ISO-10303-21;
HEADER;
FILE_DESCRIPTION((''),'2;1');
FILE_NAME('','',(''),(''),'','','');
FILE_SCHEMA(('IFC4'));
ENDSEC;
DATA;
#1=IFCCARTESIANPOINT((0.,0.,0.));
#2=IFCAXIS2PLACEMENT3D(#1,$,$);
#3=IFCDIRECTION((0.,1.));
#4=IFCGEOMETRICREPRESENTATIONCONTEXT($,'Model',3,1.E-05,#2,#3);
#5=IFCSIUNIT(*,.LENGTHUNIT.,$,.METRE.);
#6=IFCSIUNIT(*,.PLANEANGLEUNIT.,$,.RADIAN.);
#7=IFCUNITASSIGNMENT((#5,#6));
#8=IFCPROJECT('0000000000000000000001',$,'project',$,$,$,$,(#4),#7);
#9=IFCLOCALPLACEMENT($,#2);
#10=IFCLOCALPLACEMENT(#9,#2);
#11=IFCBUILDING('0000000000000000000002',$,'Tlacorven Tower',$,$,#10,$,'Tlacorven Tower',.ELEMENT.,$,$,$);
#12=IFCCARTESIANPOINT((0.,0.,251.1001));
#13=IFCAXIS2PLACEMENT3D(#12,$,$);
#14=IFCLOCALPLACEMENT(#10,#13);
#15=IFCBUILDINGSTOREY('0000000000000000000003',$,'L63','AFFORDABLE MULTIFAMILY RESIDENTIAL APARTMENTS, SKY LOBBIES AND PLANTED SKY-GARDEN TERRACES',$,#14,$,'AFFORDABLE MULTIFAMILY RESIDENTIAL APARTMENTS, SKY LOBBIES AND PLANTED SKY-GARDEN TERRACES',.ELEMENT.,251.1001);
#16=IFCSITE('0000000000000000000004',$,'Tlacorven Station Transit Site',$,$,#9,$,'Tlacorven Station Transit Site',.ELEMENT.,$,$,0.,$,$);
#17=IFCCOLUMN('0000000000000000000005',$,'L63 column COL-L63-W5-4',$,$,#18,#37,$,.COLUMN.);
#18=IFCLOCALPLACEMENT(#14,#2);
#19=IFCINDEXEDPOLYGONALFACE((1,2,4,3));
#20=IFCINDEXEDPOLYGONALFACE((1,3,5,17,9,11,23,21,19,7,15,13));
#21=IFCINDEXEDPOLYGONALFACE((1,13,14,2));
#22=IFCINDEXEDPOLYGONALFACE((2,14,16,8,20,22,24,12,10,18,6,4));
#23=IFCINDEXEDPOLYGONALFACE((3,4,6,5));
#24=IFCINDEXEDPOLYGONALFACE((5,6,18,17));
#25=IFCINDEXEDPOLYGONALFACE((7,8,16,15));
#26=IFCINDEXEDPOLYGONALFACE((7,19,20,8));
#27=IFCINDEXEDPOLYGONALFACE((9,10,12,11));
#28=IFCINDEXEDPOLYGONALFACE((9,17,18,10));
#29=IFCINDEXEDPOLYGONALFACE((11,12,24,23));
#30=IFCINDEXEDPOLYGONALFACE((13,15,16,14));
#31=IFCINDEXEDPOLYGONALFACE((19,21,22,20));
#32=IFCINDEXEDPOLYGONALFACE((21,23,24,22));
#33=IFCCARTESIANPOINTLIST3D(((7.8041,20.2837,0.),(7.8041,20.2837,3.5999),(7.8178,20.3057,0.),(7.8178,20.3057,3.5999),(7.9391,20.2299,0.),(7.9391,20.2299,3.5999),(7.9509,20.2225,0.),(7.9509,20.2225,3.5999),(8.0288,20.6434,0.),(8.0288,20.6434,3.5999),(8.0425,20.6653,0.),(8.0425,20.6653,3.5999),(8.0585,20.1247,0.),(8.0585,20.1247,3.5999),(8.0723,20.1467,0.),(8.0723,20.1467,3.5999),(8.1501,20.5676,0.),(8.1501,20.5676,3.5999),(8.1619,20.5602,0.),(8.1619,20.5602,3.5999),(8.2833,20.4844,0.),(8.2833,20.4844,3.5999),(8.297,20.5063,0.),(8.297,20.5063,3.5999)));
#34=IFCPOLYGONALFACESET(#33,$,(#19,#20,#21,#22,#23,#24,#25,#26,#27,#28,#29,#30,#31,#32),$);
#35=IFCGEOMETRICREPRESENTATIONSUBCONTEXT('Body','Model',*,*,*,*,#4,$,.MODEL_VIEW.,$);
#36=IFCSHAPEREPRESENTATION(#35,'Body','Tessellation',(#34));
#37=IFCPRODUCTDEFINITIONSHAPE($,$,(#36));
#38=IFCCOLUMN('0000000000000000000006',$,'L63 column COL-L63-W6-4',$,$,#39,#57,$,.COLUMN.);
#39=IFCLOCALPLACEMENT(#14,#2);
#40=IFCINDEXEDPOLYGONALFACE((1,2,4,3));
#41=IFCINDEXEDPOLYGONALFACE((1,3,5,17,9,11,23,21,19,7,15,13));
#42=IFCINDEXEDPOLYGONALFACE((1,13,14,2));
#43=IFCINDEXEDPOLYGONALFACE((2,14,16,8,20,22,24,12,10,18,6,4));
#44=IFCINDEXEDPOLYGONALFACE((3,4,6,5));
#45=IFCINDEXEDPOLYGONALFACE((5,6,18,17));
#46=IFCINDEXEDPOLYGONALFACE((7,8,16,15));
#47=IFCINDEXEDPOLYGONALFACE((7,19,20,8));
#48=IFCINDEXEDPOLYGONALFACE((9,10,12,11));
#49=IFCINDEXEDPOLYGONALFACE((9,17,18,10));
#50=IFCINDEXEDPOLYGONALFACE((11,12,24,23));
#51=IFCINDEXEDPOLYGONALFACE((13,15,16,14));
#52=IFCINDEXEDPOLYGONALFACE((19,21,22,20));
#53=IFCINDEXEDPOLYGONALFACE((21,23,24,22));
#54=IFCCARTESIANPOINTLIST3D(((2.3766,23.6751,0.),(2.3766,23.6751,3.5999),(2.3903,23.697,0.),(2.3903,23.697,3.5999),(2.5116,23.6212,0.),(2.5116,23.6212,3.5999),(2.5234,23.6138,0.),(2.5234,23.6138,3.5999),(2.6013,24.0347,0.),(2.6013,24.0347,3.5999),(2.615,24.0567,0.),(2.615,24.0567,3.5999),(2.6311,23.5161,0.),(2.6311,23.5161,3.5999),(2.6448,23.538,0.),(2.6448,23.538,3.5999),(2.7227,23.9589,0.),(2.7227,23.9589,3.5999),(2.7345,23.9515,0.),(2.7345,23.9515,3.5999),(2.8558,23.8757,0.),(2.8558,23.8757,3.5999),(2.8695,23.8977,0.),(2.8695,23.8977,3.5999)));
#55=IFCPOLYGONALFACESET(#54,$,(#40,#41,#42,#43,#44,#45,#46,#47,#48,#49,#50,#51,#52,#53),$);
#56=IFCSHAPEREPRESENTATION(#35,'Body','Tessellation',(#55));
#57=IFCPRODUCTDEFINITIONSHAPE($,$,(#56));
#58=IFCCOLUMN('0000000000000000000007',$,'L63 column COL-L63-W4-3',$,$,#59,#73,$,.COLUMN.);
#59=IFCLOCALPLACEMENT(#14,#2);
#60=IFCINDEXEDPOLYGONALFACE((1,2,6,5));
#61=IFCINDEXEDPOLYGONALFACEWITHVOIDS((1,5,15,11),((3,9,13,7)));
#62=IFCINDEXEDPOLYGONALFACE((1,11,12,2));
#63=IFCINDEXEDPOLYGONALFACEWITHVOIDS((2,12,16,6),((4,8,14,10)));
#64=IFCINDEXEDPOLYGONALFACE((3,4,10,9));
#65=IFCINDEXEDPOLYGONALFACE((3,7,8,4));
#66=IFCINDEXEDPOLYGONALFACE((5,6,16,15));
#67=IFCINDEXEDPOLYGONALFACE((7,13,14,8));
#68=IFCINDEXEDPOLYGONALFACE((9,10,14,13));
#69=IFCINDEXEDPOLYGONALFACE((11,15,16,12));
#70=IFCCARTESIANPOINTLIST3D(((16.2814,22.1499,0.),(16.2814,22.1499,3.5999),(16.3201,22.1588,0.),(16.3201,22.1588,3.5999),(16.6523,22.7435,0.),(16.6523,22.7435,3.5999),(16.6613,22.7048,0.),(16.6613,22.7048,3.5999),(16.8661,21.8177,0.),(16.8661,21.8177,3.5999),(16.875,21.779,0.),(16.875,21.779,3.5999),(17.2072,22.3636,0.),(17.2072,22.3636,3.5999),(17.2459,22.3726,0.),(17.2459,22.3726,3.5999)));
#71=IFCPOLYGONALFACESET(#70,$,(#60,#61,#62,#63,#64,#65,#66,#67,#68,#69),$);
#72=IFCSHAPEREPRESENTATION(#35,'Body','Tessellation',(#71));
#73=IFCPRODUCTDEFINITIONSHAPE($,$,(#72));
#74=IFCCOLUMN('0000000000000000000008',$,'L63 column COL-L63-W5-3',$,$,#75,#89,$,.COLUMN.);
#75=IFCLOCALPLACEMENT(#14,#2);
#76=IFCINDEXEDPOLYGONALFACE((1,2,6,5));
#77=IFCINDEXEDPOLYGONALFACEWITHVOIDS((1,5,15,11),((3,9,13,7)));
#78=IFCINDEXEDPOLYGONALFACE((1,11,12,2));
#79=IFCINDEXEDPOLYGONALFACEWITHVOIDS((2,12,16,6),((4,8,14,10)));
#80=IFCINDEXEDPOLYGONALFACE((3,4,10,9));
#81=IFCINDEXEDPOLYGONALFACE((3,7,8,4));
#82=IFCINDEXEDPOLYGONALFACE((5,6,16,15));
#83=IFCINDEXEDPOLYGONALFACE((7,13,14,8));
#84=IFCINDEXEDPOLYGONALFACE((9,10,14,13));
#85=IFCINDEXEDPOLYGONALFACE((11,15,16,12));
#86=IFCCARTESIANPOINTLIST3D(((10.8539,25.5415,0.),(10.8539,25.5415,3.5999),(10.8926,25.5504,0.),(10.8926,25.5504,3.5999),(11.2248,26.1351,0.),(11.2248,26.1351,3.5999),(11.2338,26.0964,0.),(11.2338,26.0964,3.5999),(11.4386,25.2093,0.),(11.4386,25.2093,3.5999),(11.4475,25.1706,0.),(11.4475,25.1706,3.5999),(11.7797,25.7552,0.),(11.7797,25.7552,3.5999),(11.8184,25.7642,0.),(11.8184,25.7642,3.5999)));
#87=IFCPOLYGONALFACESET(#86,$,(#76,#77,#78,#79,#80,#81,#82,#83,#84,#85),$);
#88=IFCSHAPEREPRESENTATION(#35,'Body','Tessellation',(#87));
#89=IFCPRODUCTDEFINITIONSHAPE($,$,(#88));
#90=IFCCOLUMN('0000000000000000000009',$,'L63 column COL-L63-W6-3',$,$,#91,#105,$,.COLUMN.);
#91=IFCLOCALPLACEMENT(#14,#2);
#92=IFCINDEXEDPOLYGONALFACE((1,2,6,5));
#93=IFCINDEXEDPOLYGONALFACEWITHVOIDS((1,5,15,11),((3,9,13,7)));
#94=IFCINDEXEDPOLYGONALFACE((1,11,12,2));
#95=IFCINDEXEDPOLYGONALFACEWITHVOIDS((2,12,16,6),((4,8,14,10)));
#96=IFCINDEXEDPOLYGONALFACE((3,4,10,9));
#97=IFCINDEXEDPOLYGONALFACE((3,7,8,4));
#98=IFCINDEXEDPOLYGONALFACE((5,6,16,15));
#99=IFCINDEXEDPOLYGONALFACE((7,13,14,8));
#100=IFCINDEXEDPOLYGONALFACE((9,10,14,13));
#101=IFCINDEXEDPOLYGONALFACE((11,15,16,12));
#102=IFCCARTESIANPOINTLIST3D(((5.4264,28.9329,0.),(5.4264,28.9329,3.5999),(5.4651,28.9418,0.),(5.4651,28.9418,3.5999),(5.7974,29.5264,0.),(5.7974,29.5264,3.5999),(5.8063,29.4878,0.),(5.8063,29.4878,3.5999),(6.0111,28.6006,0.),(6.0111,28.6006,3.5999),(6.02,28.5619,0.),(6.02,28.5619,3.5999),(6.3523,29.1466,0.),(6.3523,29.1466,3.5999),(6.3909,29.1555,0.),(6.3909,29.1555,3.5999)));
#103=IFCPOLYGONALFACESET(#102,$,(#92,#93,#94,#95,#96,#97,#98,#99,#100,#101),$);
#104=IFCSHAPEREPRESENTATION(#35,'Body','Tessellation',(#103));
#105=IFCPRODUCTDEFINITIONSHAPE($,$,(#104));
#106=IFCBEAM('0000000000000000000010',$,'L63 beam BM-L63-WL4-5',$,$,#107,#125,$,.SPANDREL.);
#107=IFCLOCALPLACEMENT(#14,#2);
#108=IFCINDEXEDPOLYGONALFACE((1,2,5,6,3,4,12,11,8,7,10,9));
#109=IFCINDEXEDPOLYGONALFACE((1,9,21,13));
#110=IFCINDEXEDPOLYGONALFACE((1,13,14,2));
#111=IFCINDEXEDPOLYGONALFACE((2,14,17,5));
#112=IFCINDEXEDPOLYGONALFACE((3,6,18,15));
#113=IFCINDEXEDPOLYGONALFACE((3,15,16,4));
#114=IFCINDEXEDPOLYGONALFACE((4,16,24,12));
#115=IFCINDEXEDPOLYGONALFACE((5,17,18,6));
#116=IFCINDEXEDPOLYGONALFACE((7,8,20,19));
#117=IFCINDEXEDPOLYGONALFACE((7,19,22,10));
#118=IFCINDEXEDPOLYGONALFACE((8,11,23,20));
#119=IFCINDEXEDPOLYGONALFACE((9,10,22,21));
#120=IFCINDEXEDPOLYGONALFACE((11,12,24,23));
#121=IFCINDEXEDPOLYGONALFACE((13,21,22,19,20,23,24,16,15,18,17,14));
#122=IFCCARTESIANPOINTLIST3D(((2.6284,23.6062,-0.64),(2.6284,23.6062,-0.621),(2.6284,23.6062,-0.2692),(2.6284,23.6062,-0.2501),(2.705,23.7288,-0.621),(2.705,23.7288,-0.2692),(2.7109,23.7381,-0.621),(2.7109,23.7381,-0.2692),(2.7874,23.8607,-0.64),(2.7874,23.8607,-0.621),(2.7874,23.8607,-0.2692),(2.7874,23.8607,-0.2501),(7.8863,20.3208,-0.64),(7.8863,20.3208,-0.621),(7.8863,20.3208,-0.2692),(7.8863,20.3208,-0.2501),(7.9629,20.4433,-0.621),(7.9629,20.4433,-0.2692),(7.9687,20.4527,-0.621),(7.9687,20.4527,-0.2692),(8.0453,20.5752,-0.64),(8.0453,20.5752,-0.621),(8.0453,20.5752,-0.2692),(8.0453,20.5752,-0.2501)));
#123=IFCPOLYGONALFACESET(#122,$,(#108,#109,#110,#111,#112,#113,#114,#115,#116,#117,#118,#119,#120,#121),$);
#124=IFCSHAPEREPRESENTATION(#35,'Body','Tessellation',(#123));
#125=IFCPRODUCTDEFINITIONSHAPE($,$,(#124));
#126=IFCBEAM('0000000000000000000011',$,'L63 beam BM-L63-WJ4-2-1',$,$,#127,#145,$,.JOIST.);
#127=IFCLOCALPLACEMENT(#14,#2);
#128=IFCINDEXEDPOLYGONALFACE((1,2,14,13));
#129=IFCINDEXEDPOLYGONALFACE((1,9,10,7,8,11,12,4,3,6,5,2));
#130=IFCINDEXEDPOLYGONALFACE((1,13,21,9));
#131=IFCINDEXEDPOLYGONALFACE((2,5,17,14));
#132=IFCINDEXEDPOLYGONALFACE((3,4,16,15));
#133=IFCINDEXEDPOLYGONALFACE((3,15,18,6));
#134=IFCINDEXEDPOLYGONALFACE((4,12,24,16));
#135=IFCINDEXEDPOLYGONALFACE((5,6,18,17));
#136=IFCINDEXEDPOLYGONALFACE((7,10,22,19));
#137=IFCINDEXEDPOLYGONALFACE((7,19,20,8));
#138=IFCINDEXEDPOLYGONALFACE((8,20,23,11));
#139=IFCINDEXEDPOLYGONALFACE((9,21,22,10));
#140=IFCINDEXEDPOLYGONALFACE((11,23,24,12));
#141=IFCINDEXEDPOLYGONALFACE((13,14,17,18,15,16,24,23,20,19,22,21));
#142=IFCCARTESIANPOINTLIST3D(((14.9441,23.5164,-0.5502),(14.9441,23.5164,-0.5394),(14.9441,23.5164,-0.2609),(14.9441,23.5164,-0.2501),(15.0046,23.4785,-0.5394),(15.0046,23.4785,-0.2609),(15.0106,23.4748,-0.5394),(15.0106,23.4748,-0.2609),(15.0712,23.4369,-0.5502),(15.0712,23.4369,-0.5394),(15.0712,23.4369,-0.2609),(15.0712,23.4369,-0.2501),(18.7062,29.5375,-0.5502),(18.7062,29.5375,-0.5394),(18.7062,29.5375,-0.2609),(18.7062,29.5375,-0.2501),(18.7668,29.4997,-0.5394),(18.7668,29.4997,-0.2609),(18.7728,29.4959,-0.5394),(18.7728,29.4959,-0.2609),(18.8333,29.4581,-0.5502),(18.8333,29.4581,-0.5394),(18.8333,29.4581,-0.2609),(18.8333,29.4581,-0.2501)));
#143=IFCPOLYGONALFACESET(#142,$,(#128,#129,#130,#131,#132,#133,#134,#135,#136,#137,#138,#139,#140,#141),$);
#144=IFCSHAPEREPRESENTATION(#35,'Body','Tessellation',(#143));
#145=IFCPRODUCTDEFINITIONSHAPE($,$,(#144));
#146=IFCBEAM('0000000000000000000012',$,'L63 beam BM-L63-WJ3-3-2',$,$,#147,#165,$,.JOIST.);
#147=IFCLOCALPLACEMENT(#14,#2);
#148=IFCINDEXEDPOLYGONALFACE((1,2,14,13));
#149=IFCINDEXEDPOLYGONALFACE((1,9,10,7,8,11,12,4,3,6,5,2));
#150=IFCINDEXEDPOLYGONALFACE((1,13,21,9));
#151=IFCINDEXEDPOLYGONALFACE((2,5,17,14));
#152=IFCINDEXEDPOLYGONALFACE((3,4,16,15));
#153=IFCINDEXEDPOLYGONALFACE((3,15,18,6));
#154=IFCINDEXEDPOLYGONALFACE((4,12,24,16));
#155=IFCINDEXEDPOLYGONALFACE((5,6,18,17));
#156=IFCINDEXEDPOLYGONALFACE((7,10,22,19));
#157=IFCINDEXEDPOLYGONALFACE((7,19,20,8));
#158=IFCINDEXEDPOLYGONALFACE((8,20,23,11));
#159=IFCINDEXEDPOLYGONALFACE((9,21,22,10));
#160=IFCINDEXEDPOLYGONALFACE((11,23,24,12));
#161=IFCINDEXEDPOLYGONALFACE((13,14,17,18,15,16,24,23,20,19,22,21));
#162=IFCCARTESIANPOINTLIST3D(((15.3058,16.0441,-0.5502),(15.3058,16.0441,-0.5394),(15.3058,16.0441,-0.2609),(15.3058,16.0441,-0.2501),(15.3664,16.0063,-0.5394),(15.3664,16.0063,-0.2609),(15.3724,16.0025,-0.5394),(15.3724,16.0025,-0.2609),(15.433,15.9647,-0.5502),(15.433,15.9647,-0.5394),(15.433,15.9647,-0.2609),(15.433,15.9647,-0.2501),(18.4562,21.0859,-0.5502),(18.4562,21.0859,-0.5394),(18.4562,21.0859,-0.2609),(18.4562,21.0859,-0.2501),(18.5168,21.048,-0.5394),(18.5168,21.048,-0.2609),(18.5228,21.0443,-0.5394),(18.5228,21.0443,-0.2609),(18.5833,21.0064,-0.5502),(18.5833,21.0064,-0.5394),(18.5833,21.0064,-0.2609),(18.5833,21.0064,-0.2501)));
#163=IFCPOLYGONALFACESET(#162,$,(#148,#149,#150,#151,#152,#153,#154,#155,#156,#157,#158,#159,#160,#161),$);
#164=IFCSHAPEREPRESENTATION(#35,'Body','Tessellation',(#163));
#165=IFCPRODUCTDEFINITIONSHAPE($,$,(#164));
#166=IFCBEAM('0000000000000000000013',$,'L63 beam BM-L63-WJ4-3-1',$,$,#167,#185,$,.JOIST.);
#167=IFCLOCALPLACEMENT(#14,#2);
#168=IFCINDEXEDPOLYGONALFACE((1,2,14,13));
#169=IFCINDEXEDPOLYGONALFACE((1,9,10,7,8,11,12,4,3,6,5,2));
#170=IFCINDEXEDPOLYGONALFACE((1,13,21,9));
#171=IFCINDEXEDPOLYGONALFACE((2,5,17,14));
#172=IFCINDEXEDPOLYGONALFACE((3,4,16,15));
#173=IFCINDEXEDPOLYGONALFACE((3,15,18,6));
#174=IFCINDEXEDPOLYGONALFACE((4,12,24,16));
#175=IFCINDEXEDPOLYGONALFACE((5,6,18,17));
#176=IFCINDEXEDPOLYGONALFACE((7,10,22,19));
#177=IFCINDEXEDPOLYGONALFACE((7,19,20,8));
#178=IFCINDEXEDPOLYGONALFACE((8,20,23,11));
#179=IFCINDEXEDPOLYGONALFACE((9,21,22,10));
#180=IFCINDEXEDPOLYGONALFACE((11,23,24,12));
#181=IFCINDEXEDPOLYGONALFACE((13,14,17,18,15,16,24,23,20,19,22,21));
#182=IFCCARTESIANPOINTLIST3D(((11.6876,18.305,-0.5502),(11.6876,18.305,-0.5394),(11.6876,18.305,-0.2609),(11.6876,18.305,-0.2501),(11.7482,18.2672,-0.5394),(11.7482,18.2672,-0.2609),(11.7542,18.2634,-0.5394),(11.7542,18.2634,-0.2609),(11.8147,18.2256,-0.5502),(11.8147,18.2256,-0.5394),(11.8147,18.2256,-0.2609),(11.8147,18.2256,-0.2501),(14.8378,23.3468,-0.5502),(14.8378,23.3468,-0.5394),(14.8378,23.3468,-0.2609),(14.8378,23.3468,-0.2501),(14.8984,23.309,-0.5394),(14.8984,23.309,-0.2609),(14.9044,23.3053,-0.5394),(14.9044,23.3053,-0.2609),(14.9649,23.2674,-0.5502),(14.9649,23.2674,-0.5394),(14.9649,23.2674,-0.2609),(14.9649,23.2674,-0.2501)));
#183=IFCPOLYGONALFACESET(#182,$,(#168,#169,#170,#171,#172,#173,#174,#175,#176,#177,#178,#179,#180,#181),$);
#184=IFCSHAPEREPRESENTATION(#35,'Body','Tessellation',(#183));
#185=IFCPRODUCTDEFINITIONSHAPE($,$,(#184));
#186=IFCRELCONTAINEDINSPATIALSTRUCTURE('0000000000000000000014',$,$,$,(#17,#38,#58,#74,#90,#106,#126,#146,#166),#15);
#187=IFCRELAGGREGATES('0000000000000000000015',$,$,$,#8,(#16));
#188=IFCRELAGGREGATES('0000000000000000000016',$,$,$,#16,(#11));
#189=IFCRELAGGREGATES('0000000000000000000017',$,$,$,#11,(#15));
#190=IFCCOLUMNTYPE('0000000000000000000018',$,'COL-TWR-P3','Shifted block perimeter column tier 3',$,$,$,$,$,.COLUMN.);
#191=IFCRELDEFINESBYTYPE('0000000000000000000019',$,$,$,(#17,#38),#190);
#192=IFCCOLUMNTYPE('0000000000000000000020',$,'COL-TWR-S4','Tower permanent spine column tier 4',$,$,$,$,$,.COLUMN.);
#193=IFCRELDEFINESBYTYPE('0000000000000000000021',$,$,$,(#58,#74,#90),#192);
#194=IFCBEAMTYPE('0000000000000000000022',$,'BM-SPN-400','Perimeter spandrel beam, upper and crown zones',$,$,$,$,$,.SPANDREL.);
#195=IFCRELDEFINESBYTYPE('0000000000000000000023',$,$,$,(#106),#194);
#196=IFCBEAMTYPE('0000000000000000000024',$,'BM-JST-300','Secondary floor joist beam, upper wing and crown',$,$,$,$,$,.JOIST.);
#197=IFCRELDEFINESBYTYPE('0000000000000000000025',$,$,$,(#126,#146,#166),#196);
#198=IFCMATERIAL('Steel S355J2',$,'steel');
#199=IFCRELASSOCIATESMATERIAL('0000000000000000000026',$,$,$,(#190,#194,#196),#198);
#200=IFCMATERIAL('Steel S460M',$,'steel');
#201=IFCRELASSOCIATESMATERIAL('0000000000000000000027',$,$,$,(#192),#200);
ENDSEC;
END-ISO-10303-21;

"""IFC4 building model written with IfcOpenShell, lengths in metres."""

from ifc_helpers import new_model, si_unit, direction, frame, origin, origin_2d, place, context, subcontext, project, spatial, hollow_rectangle, i_section, extrude, source, transform, mapped, material, material_profile, profile_set, type_object, element, save


model = new_model("IFC4")

# Units and contexts
model_context = context("Model", 3, precision=1e-05, world=origin(), true_north=direction((0.0, 1.0)))
body_context = subcontext(model_context, "Body", "Model", "MODEL_VIEW")
ifc_project = project(units=[si_unit("LENGTHUNIT", "METRE"), si_unit("PLANEANGLEUNIT", "RADIAN")], contexts=[model_context])

# Site, building, storey
site_placement = place(None, origin())
site = spatial("IfcSite", under=ifc_project, at=site_placement, Name="Tlacorven Station Transit Site", LongName="Tlacorven Station Transit Site", CompositionType="ELEMENT", RefElevation=0.0)
building_placement = place(site_placement, origin())
building = spatial("IfcBuilding", under=site, at=building_placement, Name="Tlacorven Tower", LongName="Tlacorven Tower", CompositionType="ELEMENT")
storey_placement = place(building_placement, frame((0.0, 0.0, 251.1001)))
storey = spatial("IfcBuildingStorey", under=building, at=storey_placement, Name="L63", Description="AFFORDABLE MULTIFAMILY RESIDENTIAL APARTMENTS, SKY LOBBIES AND PLANTED SKY-GARDEN TERRACES", LongName="AFFORDABLE MULTIFAMILY RESIDENTIAL APARTMENTS, SKY LOBBIES AND PLANTED SKY-GARDEN TERRACES", CompositionType="ELEMENT", Elevation=251.1001)

# Columns
ifc_material_1 = material(Name="Steel S355J2", Category="steel")
ifc_material_profile_1 = material_profile(ifc_material_1, i_section(OverallWidth=0.3, OverallDepth=0.45, WebThickness=0.0139, FlangeThickness=0.0259, at=origin_2d()), Name="HEB 450")
ifc_profile_set_1 = profile_set([ifc_material_profile_1], Name="Steel S355J2")
column_type_1 = type_object("IfcColumnType", Name="COL-TWR-P3", Description="Shifted block perimeter column tier 3", PredefinedType="COLUMN", material=ifc_profile_set_1)
shared_shape_1 = source(origin(), body_context, "Body", "SweptSolid", [
    extrude(i_section(OverallWidth=0.3, OverallDepth=0.45, WebThickness=0.0139, FlangeThickness=0.0259, at=origin_2d()), origin(), (0.0, 0.0, 1.0), 3.5999),
])
for number, where, z_axis, x_axis, name in (
    (1, (8.0505, 20.395, 0.0), (0.0, 0.0, 1.0), (-0.848048, 0.529919, 0.0), "L63 column COL-L63-W5-4"),
    (2, (2.623, 23.7864, 0.0), (0.0, 0.0, 1.0), (-0.848048, 0.529919, 0.0), "L63 column COL-L63-W6-4"),
):
    element("IfcColumn", number, at=place(storey_placement, frame(where, z_axis=z_axis, x_axis=x_axis)), inside=storey, type_object=column_type_1, Name=name, PredefinedType="COLUMN", context=body_context, shape_type="MappedRepresentation", body=[
        mapped(shared_shape_1, transform((0.0, 0.0, 0.0), scale=1.0)),
    ])
ifc_material_2 = material(Name="Steel S460M", Category="steel")
ifc_material_profile_2 = material_profile(ifc_material_2, hollow_rectangle(XDim=0.7, YDim=0.7, WallThickness=0.0281, at=origin_2d()), Name="BOX 700X700X28")
ifc_profile_set_2 = profile_set([ifc_material_profile_2], Name="Steel S460M")
column_type_2 = type_object("IfcColumnType", Name="COL-TWR-S4", Description="Tower permanent spine column tier 4", PredefinedType="COLUMN", material=ifc_profile_set_2)
shared_shape_2 = source(origin(), body_context, "Body", "SweptSolid", [
    extrude(hollow_rectangle(XDim=0.7, YDim=0.7, WallThickness=0.0281, at=origin_2d()), origin(), (0.0, 0.0, 1.0), 3.5999),
])
for number, where, z_axis, x_axis, name in (
    (3, (16.7637, 22.2612, 0.0), (0.0, 0.0, 1.0), (-0.848048, 0.529919, 0.0), "L63 column COL-L63-W4-3"),
    (4, (11.3362, 25.6528, 0.0), (0.0, 0.0, 1.0), (-0.848048, 0.529919, 0.0), "L63 column COL-L63-W5-3"),
    (5, (5.9087, 29.0442, 0.0), (0.0, 0.0, 1.0), (-0.848048, 0.529919, 0.0), "L63 column COL-L63-W6-3"),
):
    element("IfcColumn", number, at=place(storey_placement, frame(where, z_axis=z_axis, x_axis=x_axis)), inside=storey, type_object=column_type_2, Name=name, PredefinedType="COLUMN", context=body_context, shape_type="MappedRepresentation", body=[
        mapped(shared_shape_2, transform((0.0, 0.0, 0.0), scale=1.0)),
    ])

# Beams
ifc_material_profile_3 = material_profile(ifc_material_1, i_section(OverallWidth=0.3, OverallDepth=0.3899, WebThickness=0.011, FlangeThickness=0.019, at=origin_2d()), Name="HEA 400")
ifc_profile_set_3 = profile_set([ifc_material_profile_3], Name="Steel S355J2")
beam_type_1 = type_object("IfcBeamType", Name="BM-SPN-400", Description="Perimeter spandrel beam, upper and crown zones", PredefinedType="SPANDREL", material=ifc_profile_set_3)
shared_shape_3 = source(origin(), body_context, "Body", "SweptSolid", [
    extrude(i_section(OverallWidth=0.3, OverallDepth=0.3899, WebThickness=0.011, FlangeThickness=0.019, at=origin_2d()), origin(), (0.0, 0.0, 1.0), 6.2),
])
beam_1_placement = place(storey_placement, frame((7.9658, 20.448, -0.4451), z_axis=(-0.848051, 0.529914, 0.0), x_axis=(-0.529914, -0.848051, 0.0)))
element("IfcBeam", 6, at=beam_1_placement, inside=storey, type_object=beam_type_1, Name="L63 beam BM-L63-WL4-5", PredefinedType="SPANDREL", context=body_context, shape_type="MappedRepresentation", body=[
    mapped(shared_shape_3, transform((0.0, 0.0, 0.0), scale=1.0)),
])
ifc_material_profile_4 = material_profile(ifc_material_1, i_section(OverallWidth=0.1499, OverallDepth=0.3, WebThickness=0.0071, FlangeThickness=0.0107, at=origin_2d()), Name="IPE 300")
ifc_profile_set_4 = profile_set([ifc_material_profile_4], Name="Steel S355J2")
beam_type_2 = type_object("IfcBeamType", Name="BM-JST-300", Description="Secondary floor joist beam, upper wing and crown", PredefinedType="JOIST", material=ifc_profile_set_4)
shared_shape_4 = source(origin(), body_context, "Body", "SweptSolid", [
    extrude(i_section(OverallWidth=0.1499, OverallDepth=0.3, WebThickness=0.0071, FlangeThickness=0.0107, at=origin_2d()), origin(), (0.0, 0.0, 1.0), 7.0999),
])
beam_2_placement = place(storey_placement, frame((18.7698, 29.4978, -0.4001), z_axis=(-0.529891, -0.848066, 0.0), x_axis=(0.848066, -0.529891, 0.0)))
element("IfcBeam", 7, at=beam_2_placement, inside=storey, type_object=beam_type_2, Name="L63 beam BM-L63-WJ4-2-1", PredefinedType="JOIST", context=body_context, shape_type="MappedRepresentation", body=[
    mapped(shared_shape_4, transform((0.0, 0.0, 0.0), scale=1.0)),
])
shared_shape_5 = source(origin(), body_context, "Body", "SweptSolid", [
    extrude(i_section(OverallWidth=0.1499, OverallDepth=0.3, WebThickness=0.0071, FlangeThickness=0.0107, at=origin_2d()), origin(), (0.0, 0.0, 1.0), 5.9451),
])
for number, where, z_axis, x_axis, name in (
    (8, (18.5198, 21.0461, -0.4001), (-0.529914, -0.848051, 0.0), (0.848051, -0.529914, 0.0), "L63 beam BM-L63-WJ3-3-2"),
    (9, (14.9014, 23.3071, -0.4001), (-0.529885, -0.84807, 0.0), (0.84807, -0.529885, 0.0), "L63 beam BM-L63-WJ4-3-1"),
):
    element("IfcBeam", number, at=place(storey_placement, frame(where, z_axis=z_axis, x_axis=x_axis)), inside=storey, type_object=beam_type_2, Name=name, PredefinedType="JOIST", context=body_context, shape_type="MappedRepresentation", body=[
        mapped(shared_shape_5, transform((0.0, 0.0, 0.0), scale=1.0)),
    ])

save(model, "model.ifc")
